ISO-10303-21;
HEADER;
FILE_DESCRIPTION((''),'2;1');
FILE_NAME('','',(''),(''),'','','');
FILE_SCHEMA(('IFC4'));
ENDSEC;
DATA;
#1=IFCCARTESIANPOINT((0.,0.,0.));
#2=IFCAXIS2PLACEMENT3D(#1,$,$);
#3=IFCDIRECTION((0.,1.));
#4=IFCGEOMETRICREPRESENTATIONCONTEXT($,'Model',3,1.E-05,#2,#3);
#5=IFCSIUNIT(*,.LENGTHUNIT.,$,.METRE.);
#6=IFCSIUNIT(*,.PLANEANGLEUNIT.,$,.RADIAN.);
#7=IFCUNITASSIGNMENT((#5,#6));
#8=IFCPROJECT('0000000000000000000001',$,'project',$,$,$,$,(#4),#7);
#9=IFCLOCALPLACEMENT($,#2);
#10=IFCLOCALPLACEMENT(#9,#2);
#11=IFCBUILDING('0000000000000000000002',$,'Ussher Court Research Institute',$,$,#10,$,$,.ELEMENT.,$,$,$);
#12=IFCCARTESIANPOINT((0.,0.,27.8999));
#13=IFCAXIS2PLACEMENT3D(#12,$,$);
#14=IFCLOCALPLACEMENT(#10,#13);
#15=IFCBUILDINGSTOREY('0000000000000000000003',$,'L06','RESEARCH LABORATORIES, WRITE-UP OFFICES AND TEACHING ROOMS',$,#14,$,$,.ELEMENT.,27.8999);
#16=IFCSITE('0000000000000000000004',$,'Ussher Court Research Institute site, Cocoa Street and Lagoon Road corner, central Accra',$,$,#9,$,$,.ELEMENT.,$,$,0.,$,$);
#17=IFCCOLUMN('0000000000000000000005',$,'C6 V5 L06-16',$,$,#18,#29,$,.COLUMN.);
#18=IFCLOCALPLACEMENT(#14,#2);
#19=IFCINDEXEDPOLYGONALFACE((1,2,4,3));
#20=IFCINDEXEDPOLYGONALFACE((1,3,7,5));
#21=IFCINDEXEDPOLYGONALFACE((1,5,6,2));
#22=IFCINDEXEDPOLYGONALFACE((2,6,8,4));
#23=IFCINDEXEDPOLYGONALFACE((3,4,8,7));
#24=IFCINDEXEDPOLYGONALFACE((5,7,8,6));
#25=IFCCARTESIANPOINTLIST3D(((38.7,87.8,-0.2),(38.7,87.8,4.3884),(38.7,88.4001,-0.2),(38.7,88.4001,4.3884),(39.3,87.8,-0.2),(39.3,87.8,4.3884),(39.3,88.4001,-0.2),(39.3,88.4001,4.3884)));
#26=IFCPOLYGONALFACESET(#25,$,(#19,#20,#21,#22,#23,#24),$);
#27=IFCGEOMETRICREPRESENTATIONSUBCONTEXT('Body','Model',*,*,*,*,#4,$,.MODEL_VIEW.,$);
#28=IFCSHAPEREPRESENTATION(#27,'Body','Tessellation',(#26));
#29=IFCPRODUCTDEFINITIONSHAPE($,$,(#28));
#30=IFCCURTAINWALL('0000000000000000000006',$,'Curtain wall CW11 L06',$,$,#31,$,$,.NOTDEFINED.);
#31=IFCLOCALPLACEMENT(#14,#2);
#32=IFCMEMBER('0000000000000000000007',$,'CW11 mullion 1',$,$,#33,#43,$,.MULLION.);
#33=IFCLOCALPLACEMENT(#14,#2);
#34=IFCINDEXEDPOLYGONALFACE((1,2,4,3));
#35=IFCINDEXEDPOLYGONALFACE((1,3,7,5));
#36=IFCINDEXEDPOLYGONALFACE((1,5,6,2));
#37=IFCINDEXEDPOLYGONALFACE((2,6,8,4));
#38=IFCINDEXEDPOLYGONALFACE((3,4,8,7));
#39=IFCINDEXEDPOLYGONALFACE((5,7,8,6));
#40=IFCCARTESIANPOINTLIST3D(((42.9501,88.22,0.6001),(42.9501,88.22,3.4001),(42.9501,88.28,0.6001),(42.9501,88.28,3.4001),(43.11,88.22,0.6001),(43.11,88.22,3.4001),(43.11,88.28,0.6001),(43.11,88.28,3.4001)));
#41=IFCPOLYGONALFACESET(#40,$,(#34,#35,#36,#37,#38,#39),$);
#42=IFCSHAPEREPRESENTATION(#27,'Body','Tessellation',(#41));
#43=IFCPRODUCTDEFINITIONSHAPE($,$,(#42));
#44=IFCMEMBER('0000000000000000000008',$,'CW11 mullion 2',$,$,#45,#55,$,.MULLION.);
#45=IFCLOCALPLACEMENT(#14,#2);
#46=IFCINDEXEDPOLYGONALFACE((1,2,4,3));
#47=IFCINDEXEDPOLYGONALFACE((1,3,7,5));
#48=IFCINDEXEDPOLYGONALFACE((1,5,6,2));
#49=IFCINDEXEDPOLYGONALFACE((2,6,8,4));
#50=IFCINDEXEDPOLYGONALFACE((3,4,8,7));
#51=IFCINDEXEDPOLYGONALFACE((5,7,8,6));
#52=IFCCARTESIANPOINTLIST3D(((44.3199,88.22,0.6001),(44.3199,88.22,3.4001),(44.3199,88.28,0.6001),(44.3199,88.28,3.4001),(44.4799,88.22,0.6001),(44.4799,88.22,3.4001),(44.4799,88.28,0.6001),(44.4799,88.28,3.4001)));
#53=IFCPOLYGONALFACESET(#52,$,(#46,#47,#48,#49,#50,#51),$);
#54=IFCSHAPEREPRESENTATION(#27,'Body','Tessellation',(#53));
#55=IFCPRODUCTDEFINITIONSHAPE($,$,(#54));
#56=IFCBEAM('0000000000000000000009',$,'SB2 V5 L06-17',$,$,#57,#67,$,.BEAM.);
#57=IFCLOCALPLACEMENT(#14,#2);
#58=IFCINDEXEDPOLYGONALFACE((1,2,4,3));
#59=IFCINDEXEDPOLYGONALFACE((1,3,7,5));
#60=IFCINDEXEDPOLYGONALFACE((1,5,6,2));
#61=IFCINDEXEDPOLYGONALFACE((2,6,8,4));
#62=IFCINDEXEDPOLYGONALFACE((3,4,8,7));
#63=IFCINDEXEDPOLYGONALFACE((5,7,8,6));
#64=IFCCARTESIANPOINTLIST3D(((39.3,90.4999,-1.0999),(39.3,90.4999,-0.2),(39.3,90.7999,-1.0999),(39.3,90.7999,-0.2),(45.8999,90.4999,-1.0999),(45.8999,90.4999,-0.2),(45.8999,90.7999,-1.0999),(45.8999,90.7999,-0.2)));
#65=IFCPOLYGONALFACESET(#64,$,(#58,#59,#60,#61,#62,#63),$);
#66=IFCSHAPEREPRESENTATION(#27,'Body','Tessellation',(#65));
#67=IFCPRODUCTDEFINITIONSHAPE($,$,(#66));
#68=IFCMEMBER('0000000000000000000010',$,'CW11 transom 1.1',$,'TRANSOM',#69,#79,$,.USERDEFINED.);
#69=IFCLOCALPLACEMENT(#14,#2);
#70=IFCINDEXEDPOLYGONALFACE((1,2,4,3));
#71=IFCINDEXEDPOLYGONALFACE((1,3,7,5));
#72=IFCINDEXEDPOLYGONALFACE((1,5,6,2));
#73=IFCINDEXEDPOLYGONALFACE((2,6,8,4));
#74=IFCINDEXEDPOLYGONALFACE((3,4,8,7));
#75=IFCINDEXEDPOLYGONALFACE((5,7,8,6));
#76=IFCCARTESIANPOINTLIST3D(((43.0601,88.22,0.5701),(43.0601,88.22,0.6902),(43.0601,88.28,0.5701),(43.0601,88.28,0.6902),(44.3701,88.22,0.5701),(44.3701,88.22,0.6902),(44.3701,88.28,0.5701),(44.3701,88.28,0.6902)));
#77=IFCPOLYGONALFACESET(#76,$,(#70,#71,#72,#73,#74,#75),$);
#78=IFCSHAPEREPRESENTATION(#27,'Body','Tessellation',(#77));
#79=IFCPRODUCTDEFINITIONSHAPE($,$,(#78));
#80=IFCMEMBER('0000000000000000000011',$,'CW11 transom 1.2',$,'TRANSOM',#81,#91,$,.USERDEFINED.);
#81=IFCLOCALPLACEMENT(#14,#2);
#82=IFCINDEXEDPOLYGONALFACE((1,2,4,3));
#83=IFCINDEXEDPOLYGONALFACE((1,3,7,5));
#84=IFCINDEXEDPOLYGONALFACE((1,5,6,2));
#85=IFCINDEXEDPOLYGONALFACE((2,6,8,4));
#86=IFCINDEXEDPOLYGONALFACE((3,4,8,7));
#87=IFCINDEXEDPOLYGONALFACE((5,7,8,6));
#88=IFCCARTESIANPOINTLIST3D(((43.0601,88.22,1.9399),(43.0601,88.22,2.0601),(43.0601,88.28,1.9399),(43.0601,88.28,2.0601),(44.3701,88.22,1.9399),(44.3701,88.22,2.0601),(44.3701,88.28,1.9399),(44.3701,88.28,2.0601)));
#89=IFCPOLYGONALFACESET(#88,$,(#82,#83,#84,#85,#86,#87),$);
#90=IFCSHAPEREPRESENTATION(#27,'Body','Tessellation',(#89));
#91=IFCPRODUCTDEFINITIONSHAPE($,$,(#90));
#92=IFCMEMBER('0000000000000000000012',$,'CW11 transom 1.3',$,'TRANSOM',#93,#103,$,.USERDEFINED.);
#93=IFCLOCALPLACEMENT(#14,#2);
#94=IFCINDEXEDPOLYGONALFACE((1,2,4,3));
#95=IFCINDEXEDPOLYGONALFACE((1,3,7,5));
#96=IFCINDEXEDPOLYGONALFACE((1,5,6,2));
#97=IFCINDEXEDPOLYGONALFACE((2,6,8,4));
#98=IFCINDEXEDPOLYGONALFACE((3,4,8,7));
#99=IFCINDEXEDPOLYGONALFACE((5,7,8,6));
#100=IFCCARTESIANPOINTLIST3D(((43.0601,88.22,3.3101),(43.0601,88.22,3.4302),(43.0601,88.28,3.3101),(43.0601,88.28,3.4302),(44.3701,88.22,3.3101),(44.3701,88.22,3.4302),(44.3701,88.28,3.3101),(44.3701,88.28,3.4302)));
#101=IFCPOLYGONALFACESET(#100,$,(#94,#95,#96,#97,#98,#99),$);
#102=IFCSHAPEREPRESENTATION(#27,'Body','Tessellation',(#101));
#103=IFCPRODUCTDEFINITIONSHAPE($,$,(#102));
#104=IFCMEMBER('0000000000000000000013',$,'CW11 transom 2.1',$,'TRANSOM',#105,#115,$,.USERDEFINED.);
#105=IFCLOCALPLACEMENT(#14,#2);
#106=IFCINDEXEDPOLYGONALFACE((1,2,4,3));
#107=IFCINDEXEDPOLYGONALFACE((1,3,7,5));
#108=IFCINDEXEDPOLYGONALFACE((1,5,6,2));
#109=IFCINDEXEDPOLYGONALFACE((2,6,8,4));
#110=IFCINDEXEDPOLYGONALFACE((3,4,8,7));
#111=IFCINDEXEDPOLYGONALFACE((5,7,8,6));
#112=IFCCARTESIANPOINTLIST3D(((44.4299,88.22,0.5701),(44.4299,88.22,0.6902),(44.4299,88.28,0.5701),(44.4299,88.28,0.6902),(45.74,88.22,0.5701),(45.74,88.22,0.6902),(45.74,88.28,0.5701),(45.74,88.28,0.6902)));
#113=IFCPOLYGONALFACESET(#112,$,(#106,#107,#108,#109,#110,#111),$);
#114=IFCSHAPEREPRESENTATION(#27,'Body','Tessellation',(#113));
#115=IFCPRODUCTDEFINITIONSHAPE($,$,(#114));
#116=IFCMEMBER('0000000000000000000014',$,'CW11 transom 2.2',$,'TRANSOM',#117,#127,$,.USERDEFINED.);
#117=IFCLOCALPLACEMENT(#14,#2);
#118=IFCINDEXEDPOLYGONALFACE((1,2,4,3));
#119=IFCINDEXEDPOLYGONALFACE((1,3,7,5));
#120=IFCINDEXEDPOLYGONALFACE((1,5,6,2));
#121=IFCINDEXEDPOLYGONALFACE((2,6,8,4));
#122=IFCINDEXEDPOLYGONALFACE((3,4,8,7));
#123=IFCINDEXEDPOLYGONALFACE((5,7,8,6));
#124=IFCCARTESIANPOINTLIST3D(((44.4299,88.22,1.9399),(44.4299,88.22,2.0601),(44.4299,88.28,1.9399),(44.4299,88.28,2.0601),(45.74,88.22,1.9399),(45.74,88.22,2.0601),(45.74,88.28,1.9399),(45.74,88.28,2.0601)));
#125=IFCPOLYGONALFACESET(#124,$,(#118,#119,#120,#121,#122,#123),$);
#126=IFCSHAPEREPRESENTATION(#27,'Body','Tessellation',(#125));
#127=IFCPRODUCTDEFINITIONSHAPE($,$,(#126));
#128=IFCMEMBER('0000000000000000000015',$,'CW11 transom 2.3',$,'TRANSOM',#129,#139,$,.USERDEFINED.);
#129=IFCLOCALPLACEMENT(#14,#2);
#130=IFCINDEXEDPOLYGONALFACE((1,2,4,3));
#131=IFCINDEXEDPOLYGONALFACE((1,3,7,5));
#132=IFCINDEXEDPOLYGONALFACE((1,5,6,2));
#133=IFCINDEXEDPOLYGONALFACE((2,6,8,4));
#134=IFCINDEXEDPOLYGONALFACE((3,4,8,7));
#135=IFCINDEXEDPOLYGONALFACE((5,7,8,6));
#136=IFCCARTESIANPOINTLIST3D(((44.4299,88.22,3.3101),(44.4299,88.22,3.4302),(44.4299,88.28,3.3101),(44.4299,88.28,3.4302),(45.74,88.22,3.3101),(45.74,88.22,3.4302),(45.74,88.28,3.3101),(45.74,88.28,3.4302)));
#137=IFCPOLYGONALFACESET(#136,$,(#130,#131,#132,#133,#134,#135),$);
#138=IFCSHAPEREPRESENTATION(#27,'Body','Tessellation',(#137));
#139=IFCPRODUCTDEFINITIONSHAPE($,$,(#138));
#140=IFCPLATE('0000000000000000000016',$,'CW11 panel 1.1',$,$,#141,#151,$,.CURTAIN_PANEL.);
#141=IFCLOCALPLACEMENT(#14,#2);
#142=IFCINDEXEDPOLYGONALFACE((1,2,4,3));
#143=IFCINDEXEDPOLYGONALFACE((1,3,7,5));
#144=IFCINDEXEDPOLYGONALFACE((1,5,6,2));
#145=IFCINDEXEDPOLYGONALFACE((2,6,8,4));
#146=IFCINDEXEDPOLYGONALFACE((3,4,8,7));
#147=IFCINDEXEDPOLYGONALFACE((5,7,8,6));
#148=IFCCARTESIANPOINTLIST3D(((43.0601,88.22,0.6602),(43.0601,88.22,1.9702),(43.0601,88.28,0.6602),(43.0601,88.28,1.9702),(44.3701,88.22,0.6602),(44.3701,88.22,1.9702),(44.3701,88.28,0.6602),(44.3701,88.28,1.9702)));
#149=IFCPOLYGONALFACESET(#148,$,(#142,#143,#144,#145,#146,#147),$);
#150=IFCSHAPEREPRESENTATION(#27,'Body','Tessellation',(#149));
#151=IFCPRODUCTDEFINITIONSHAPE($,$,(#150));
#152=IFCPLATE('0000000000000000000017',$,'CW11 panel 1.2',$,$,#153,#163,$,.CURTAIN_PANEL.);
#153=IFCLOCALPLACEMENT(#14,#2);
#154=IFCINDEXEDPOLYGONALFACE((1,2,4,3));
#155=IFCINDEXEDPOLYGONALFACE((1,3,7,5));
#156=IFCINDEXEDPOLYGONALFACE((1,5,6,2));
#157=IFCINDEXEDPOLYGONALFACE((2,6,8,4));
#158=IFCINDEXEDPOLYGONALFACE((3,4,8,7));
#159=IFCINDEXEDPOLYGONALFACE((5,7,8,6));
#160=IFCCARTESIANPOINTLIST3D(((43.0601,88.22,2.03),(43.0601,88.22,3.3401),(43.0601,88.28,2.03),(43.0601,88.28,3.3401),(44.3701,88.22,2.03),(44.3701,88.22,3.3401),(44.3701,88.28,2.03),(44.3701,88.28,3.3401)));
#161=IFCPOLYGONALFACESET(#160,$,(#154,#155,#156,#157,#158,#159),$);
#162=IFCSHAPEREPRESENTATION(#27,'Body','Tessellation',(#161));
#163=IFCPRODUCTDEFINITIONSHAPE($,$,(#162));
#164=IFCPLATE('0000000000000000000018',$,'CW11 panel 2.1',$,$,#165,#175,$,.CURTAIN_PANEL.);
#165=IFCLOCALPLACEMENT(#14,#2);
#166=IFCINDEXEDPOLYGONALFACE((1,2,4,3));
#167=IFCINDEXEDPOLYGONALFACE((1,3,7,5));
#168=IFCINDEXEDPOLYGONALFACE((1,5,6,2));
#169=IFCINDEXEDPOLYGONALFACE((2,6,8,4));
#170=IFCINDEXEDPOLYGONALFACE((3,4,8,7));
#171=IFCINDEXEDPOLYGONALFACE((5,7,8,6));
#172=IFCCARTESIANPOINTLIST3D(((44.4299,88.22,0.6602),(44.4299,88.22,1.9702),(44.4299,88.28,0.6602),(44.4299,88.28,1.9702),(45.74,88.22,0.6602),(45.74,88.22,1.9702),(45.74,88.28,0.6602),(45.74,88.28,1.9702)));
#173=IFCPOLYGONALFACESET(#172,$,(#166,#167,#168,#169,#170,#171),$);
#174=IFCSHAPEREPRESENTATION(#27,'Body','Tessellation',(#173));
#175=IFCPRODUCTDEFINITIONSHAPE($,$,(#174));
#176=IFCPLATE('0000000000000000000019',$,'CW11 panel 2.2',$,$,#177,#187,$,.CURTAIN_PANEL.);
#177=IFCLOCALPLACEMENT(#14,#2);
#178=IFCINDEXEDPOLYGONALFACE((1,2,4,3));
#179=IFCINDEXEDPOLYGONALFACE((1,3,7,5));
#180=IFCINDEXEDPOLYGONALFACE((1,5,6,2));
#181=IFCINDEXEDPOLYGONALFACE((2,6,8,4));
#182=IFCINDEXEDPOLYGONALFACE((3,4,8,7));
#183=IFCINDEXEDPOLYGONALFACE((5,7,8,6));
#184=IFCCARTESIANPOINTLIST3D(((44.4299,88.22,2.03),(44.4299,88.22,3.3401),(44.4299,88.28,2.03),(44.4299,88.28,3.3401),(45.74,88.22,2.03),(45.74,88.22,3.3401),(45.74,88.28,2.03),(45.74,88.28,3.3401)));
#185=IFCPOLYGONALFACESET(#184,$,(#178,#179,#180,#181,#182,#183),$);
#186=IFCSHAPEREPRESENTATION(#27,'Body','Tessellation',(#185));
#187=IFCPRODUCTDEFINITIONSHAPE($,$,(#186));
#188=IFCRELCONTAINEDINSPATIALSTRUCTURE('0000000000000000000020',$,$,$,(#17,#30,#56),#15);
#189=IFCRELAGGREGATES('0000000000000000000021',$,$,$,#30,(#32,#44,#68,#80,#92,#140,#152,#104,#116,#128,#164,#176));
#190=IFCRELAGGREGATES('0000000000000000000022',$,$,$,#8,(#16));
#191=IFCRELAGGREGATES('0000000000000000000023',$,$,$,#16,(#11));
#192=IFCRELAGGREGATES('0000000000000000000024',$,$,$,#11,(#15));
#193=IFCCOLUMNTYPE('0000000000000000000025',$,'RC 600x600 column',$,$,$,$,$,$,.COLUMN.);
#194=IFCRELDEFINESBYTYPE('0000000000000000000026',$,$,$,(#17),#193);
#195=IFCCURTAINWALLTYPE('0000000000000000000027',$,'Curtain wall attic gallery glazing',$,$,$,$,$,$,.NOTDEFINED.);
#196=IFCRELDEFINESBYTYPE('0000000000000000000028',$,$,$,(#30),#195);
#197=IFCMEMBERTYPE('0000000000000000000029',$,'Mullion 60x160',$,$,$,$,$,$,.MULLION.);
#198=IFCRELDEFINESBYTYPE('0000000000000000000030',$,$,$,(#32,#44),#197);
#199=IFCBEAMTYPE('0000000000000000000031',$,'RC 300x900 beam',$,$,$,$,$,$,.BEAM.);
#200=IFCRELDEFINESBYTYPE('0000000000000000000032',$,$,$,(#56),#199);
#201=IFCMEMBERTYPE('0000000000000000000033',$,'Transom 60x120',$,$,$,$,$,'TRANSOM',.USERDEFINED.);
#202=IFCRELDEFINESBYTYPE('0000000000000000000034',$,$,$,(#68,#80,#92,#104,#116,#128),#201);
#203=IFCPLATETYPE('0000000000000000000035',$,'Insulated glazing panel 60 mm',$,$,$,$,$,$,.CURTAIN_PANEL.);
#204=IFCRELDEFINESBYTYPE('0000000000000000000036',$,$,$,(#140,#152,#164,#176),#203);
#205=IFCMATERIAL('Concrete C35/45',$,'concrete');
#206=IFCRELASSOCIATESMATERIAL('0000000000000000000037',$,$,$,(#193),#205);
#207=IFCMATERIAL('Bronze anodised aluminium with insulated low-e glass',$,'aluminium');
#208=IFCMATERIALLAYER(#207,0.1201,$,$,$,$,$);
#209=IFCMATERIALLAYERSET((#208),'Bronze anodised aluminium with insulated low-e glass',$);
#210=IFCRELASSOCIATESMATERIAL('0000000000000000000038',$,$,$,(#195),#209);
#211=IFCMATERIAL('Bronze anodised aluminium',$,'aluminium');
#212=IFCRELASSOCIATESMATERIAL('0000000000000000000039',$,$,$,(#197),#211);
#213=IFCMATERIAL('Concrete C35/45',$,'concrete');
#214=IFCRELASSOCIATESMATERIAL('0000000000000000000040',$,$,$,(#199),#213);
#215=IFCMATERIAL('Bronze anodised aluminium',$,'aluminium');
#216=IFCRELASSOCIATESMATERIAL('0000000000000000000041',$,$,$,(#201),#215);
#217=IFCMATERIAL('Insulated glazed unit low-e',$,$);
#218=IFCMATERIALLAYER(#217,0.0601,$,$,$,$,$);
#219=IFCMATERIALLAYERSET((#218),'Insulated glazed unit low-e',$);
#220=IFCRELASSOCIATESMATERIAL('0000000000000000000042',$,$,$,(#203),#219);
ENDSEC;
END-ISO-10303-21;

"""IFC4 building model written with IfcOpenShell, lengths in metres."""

from ifc_helpers import new_model, si_unit, direction, frame, origin, origin_2d, place, context, subcontext, project, spatial, rectangle, extrude, material, layer, layer_set, material_profile, profile_set, type_object, element, aggregate, save


model = new_model("IFC4")

# Units and contexts
model_context = context("Model", 3, precision=1e-05, world=origin(), true_north=direction((0.0, 1.0)))
body_context = subcontext(model_context, "Body", "Model", "MODEL_VIEW")
ifc_project = project(units=[si_unit("LENGTHUNIT", "METRE"), si_unit("PLANEANGLEUNIT", "RADIAN")], contexts=[model_context])

# Site, building, storey
site_placement = place(None, origin())
site = spatial("IfcSite", under=ifc_project, at=site_placement, Name="Ussher Court Research Institute site, Cocoa Street and Lagoon Road corner, central Accra", CompositionType="ELEMENT", RefElevation=0.0)
building_placement = place(site_placement, origin())
building = spatial("IfcBuilding", under=site, at=building_placement, Name="Ussher Court Research Institute", CompositionType="ELEMENT")
storey_placement = place(building_placement, frame((0.0, 0.0, 27.8999)))
storey = spatial("IfcBuildingStorey", under=building, at=storey_placement, Name="L06", Description="RESEARCH LABORATORIES, WRITE-UP OFFICES AND TEACHING ROOMS", CompositionType="ELEMENT", Elevation=27.8999)

# Column
ifc_material_1 = material(Name="Concrete C35/45", Category="concrete")
ifc_material_profile_1 = material_profile(ifc_material_1, rectangle(XDim=0.6001, YDim=0.6001, at=origin_2d()), Name="RC 600x600")
ifc_profile_set_1 = profile_set([ifc_material_profile_1], Name="Concrete C35/45")
column_type = type_object("IfcColumnType", Name="RC 600x600 column", PredefinedType="COLUMN", material=ifc_profile_set_1)
column_placement = place(storey_placement, frame((39.0, 88.1001, -0.2), z_axis=(0.0, 0.0, 1.0), x_axis=(1.0, 0.0, 0.0)))
element("IfcColumn", 1, at=column_placement, inside=storey, type_object=column_type, Name="C6 V5 L06-16", PredefinedType="COLUMN", context=body_context, shape_type="SweptSolid", body=[
    extrude(rectangle(XDim=0.6001, YDim=0.6001, at=origin_2d()), origin(), (0.0, 0.0, 1.0), 4.5884),
])

# Curtain wall, members
ifc_material_2 = material(Name="Bronze anodised aluminium with insulated low-e glass", Category="aluminium")
ifc_layer_1 = layer(ifc_material_2, 0.1201)
ifc_layer_set_1 = layer_set([ifc_layer_1], Name="Bronze anodised aluminium with insulated low-e glass")
curtain_wall_type = type_object("IfcCurtainWallType", Name="Curtain wall attic gallery glazing", PredefinedType="NOTDEFINED", material=ifc_layer_set_1)
curtain_wall_placement = place(storey_placement, origin())
curtain_wall = element("IfcCurtainWall", 2, at=curtain_wall_placement, inside=storey, type_object=curtain_wall_type, Name="Curtain wall CW11 L06", PredefinedType="NOTDEFINED")
ifc_material_3 = material(Name="Bronze anodised aluminium", Category="aluminium")
ifc_material_profile_2 = material_profile(ifc_material_3, rectangle(XDim=0.0601, YDim=0.1599, at=origin_2d()), Name="Mullion 60x160")
ifc_profile_set_2 = profile_set([ifc_material_profile_2], Name="Bronze anodised aluminium")
member_type_1 = type_object("IfcMemberType", Name="Mullion 60x160", PredefinedType="MULLION", material=ifc_profile_set_2)
member_1_placement = place(storey_placement, frame((43.03, 88.25, 0.6001), z_axis=(0.0, 0.0, 1.0), x_axis=(0.0, 1.0, 0.0)))
member_1 = element("IfcMember", 3, at=member_1_placement, type_object=member_type_1, Name="CW11 mullion 1", PredefinedType="MULLION", context=body_context, shape_type="SweptSolid", body=[
    extrude(rectangle(XDim=0.0601, YDim=0.1599, at=origin_2d()), origin(), (0.0, 0.0, 1.0), 2.8),
])
member_2_placement = place(storey_placement, frame((44.3999, 88.25, 0.6001), z_axis=(0.0, 0.0, 1.0), x_axis=(0.0, 1.0, 0.0)))
member_2 = element("IfcMember", 4, at=member_2_placement, type_object=member_type_1, Name="CW11 mullion 2", PredefinedType="MULLION", context=body_context, shape_type="SweptSolid", body=[
    extrude(rectangle(XDim=0.0601, YDim=0.1599, at=origin_2d()), origin(), (0.0, 0.0, 1.0), 2.8),
])

# Beam
ifc_material_4 = material(Name="Concrete C35/45", Category="concrete")
ifc_material_profile_3 = material_profile(ifc_material_4, rectangle(XDim=0.3, YDim=0.8999, at=origin_2d()), Name="RC 300x900")
ifc_profile_set_3 = profile_set([ifc_material_profile_3], Name="Concrete C35/45")
beam_type = type_object("IfcBeamType", Name="RC 300x900 beam", PredefinedType="BEAM", material=ifc_profile_set_3)
beam_placement = place(storey_placement, frame((39.3, 90.6499, -0.6499), z_axis=(1.0, 0.0, 0.0), x_axis=(0.0, 1.0, 0.0)))
element("IfcBeam", 5, at=beam_placement, inside=storey, type_object=beam_type, Name="SB2 V5 L06-17", PredefinedType="BEAM", context=body_context, shape_type="SweptSolid", body=[
    extrude(rectangle(XDim=0.3, YDim=0.8999, at=origin_2d()), origin(), (0.0, 0.0, 1.0), 6.5999),
])

# Members
ifc_material_5 = material(Name="Bronze anodised aluminium", Category="aluminium")
ifc_material_profile_4 = material_profile(ifc_material_5, rectangle(XDim=0.0601, YDim=0.1201, at=origin_2d()), Name="Transom 60x120")
ifc_profile_set_4 = profile_set([ifc_material_profile_4], Name="Bronze anodised aluminium")
member_type_2 = type_object("IfcMemberType", Name="Transom 60x120", ElementType="TRANSOM", PredefinedType="USERDEFINED", material=ifc_profile_set_4)
member_3_placement = place(storey_placement, frame((43.0601, 88.25, 0.6301), z_axis=(1.0, 0.0, 0.0), x_axis=(0.0, 1.0, 0.0)))
member_3 = element("IfcMember", 6, at=member_3_placement, type_object=member_type_2, Name="CW11 transom 1.1", ObjectType="TRANSOM", PredefinedType="USERDEFINED", context=body_context, shape_type="SweptSolid", body=[
    extrude(rectangle(XDim=0.0601, YDim=0.1201, at=origin_2d()), origin(), (0.0, 0.0, 1.0), 1.3101),
])
member_4_placement = place(storey_placement, frame((43.0601, 88.25, 2.0), z_axis=(1.0, 0.0, 0.0), x_axis=(0.0, 1.0, 0.0)))
member_4 = element("IfcMember", 7, at=member_4_placement, type_object=member_type_2, Name="CW11 transom 1.2", ObjectType="TRANSOM", PredefinedType="USERDEFINED", context=body_context, shape_type="SweptSolid", body=[
    extrude(rectangle(XDim=0.0601, YDim=0.1201, at=origin_2d()), origin(), (0.0, 0.0, 1.0), 1.3101),
])
member_5_placement = place(storey_placement, frame((43.0601, 88.25, 3.3701), z_axis=(1.0, 0.0, 0.0), x_axis=(0.0, 1.0, 0.0)))
member_5 = element("IfcMember", 8, at=member_5_placement, type_object=member_type_2, Name="CW11 transom 1.3", ObjectType="TRANSOM", PredefinedType="USERDEFINED", context=body_context, shape_type="SweptSolid", body=[
    extrude(rectangle(XDim=0.0601, YDim=0.1201, at=origin_2d()), origin(), (0.0, 0.0, 1.0), 1.3101),
])
member_6_placement = place(storey_placement, frame((44.4299, 88.25, 0.6301), z_axis=(1.0, 0.0, 0.0), x_axis=(0.0, 1.0, 0.0)))
member_6 = element("IfcMember", 9, at=member_6_placement, type_object=member_type_2, Name="CW11 transom 2.1", ObjectType="TRANSOM", PredefinedType="USERDEFINED", context=body_context, shape_type="SweptSolid", body=[
    extrude(rectangle(XDim=0.0601, YDim=0.1201, at=origin_2d()), origin(), (0.0, 0.0, 1.0), 1.3101),
])
member_7_placement = place(storey_placement, frame((44.4299, 88.25, 2.0), z_axis=(1.0, 0.0, 0.0), x_axis=(0.0, 1.0, 0.0)))
member_7 = element("IfcMember", 10, at=member_7_placement, type_object=member_type_2, Name="CW11 transom 2.2", ObjectType="TRANSOM", PredefinedType="USERDEFINED", context=body_context, shape_type="SweptSolid", body=[
    extrude(rectangle(XDim=0.0601, YDim=0.1201, at=origin_2d()), origin(), (0.0, 0.0, 1.0), 1.3101),
])
member_8_placement = place(storey_placement, frame((44.4299, 88.25, 3.3701), z_axis=(1.0, 0.0, 0.0), x_axis=(0.0, 1.0, 0.0)))
member_8 = element("IfcMember", 11, at=member_8_placement, type_object=member_type_2, Name="CW11 transom 2.3", ObjectType="TRANSOM", PredefinedType="USERDEFINED", context=body_context, shape_type="SweptSolid", body=[
    extrude(rectangle(XDim=0.0601, YDim=0.1201, at=origin_2d()), origin(), (0.0, 0.0, 1.0), 1.3101),
])

# Plates
ifc_material_6 = material(Name="Insulated glazed unit low-e")
ifc_layer_2 = layer(ifc_material_6, 0.0601)
ifc_layer_set_2 = layer_set([ifc_layer_2], Name="Insulated glazed unit low-e")
plate_type = type_object("IfcPlateType", Name="Insulated glazing panel 60 mm", PredefinedType="CURTAIN_PANEL", material=ifc_layer_set_2)
plate_1_placement = place(storey_placement, frame((43.7151, 88.25, 0.6602), z_axis=(0.0, 0.0, 1.0), x_axis=(1.0, 0.0, 0.0)))
plate_1 = element("IfcPlate", 12, at=plate_1_placement, type_object=plate_type, Name="CW11 panel 1.1", PredefinedType="CURTAIN_PANEL", context=body_context, shape_type="SweptSolid", body=[
    extrude(rectangle(XDim=1.3101, YDim=0.0601, at=origin_2d()), origin(), (0.0, 0.0, 1.0), 1.3101),
])
plate_2_placement = place(storey_placement, frame((43.7151, 88.25, 2.03), z_axis=(0.0, 0.0, 1.0), x_axis=(1.0, 0.0, 0.0)))
plate_2 = element("IfcPlate", 13, at=plate_2_placement, type_object=plate_type, Name="CW11 panel 1.2", PredefinedType="CURTAIN_PANEL", context=body_context, shape_type="SweptSolid", body=[
    extrude(rectangle(XDim=1.3101, YDim=0.0601, at=origin_2d()), origin(), (0.0, 0.0, 1.0), 1.3101),
])
plate_3_placement = place(storey_placement, frame((45.085, 88.25, 0.6602), z_axis=(0.0, 0.0, 1.0), x_axis=(1.0, 0.0, 0.0)))
plate_3 = element("IfcPlate", 14, at=plate_3_placement, type_object=plate_type, Name="CW11 panel 2.1", PredefinedType="CURTAIN_PANEL", context=body_context, shape_type="SweptSolid", body=[
    extrude(rectangle(XDim=1.3101, YDim=0.0601, at=origin_2d()), origin(), (0.0, 0.0, 1.0), 1.3101),
])
plate_4_placement = place(storey_placement, frame((45.085, 88.25, 2.03), z_axis=(0.0, 0.0, 1.0), x_axis=(1.0, 0.0, 0.0)))
plate_4 = element("IfcPlate", 15, at=plate_4_placement, type_object=plate_type, Name="CW11 panel 2.2", PredefinedType="CURTAIN_PANEL", context=body_context, shape_type="SweptSolid", body=[
    extrude(rectangle(XDim=1.3101, YDim=0.0601, at=origin_2d()), origin(), (0.0, 0.0, 1.0), 1.3101),
])
aggregate(curtain_wall, [member_1, member_2, member_3, member_4, member_5, plate_1, plate_2, member_6, member_7, member_8, plate_3, plate_4])

save(model, "model.ifc")
